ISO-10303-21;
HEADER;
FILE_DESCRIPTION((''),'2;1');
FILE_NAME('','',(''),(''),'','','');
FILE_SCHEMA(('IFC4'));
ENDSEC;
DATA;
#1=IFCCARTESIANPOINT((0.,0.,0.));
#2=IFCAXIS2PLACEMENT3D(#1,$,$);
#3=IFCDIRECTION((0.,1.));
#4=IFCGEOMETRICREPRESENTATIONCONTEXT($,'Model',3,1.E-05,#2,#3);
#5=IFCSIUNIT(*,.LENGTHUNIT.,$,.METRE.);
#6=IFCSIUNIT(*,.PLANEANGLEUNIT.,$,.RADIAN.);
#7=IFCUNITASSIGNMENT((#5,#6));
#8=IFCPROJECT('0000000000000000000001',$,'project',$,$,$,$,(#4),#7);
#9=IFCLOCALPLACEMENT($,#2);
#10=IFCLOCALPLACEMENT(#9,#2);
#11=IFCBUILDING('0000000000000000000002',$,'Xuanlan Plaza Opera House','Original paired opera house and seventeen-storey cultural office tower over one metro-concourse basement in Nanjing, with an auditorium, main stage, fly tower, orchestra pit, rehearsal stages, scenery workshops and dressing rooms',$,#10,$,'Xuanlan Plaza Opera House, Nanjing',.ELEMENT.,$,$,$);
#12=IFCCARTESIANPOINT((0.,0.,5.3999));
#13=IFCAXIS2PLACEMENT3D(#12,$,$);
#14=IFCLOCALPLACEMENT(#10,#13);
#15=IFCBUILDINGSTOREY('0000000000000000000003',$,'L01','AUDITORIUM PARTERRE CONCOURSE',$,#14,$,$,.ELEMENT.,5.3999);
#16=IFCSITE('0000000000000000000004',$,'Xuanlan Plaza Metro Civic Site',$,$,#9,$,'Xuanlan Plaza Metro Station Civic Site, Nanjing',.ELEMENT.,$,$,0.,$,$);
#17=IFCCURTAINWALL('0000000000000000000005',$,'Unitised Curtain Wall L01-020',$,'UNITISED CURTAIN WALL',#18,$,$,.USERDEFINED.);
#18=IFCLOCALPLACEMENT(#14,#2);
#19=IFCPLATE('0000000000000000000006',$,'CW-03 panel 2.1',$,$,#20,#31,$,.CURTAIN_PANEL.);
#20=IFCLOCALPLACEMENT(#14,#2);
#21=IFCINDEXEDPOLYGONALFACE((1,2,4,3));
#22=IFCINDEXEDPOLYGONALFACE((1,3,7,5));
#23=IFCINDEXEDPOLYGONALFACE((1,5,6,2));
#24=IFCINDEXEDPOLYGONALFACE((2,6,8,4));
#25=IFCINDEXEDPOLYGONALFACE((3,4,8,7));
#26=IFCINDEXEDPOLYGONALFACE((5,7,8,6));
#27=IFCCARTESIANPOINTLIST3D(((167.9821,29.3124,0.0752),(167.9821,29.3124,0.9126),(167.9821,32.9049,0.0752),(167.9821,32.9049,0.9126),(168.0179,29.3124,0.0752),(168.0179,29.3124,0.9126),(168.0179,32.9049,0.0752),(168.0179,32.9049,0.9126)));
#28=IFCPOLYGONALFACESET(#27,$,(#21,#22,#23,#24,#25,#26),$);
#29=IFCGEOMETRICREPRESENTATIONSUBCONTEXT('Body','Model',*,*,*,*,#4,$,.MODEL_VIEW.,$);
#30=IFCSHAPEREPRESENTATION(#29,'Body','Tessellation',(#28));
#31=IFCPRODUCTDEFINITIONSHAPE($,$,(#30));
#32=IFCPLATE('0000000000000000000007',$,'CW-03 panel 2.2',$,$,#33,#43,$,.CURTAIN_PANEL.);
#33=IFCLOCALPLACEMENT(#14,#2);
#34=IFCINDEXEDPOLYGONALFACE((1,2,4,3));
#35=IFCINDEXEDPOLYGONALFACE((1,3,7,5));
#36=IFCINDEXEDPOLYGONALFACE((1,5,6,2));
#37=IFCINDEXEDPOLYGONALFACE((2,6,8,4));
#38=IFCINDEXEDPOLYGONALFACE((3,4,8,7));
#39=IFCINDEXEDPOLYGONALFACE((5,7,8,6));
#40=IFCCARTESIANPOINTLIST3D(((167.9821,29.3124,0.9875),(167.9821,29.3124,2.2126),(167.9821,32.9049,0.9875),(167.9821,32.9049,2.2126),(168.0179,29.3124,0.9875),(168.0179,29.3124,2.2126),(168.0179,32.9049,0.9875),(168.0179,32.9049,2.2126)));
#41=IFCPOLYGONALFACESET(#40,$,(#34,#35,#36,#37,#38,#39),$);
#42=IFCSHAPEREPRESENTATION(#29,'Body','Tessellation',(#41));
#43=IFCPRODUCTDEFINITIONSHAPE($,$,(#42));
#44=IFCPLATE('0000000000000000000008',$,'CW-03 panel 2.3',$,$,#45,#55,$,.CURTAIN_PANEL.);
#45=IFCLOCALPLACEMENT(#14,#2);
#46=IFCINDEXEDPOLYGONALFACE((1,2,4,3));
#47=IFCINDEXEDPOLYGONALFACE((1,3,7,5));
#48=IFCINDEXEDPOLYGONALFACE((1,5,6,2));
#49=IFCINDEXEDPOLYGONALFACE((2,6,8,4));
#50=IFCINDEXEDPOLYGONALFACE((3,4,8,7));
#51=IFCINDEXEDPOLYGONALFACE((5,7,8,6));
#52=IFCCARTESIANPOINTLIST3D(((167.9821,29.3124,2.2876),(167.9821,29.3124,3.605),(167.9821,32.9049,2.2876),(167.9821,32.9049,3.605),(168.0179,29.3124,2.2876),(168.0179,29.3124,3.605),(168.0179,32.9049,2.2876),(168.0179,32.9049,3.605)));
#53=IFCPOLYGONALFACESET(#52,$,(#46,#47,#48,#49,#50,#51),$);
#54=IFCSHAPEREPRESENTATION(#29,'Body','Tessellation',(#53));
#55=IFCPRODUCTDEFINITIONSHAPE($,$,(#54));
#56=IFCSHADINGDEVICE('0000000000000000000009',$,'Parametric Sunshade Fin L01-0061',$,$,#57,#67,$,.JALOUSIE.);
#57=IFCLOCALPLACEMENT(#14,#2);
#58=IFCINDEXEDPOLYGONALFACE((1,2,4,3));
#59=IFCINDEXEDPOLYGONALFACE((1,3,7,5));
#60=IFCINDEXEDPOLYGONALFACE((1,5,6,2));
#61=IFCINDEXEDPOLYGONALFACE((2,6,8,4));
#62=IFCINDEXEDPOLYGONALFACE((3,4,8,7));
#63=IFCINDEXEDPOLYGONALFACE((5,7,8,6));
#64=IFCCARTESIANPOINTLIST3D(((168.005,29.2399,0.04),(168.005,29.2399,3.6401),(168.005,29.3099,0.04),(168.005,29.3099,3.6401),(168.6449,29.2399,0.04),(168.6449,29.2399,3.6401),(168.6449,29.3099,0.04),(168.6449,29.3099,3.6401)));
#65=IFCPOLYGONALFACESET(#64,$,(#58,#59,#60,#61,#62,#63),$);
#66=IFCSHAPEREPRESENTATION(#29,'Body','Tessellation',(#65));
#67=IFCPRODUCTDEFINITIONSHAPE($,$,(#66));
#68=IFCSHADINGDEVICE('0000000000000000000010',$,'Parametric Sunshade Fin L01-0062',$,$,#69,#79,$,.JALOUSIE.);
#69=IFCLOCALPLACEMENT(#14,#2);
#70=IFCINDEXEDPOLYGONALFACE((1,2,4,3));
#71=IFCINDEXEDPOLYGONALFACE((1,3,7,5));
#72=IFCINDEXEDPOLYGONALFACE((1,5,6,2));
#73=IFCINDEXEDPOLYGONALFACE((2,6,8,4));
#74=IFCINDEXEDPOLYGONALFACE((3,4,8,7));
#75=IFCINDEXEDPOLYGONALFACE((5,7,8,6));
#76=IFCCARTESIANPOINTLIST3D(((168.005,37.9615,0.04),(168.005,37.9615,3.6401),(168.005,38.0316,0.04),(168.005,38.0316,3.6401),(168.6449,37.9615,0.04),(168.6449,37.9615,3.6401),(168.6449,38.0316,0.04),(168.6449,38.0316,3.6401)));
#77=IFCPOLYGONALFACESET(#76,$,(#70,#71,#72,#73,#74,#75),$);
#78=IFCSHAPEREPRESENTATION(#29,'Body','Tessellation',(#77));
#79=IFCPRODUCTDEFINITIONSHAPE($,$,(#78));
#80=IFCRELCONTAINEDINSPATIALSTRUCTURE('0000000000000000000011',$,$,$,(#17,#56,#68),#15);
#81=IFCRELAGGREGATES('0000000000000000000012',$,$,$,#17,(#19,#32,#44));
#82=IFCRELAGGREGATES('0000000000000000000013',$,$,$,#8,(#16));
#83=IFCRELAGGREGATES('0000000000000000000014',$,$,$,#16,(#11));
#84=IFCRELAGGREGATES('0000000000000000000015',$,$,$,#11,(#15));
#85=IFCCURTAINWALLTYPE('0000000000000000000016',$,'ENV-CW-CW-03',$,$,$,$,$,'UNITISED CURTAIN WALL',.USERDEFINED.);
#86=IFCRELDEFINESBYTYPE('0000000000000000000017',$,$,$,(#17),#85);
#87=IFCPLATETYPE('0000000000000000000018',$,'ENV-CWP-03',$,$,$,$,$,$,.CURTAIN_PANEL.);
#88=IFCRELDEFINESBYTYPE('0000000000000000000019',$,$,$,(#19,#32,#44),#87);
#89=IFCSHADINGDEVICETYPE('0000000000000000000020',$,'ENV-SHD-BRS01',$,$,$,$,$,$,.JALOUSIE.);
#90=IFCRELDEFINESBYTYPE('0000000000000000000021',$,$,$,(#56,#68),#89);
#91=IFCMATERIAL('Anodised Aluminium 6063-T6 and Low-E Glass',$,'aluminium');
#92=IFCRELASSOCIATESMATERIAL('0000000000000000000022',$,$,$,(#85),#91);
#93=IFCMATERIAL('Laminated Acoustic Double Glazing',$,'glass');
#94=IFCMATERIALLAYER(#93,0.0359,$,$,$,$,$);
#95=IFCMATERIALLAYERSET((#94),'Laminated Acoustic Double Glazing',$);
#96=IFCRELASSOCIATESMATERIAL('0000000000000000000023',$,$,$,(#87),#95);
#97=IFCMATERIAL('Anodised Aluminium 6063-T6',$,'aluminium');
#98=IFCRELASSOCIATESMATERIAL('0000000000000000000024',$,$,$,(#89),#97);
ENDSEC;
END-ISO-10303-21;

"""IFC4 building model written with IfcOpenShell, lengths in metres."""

from ifc_helpers import new_model, si_unit, direction, frame, origin, origin_2d, place, context, subcontext, project, spatial, rectangle, extrude, material, layer, layer_set, type_object, element, aggregate, save


model = new_model("IFC4")

# Units and contexts
model_context = context("Model", 3, precision=1e-05, world=origin(), true_north=direction((0.0, 1.0)))
body_context = subcontext(model_context, "Body", "Model", "MODEL_VIEW")
ifc_project = project(units=[si_unit("LENGTHUNIT", "METRE"), si_unit("PLANEANGLEUNIT", "RADIAN")], contexts=[model_context])

# Site, building, storey
site_placement = place(None, origin())
site = spatial("IfcSite", under=ifc_project, at=site_placement, Name="Xuanlan Plaza Metro Civic Site", LongName="Xuanlan Plaza Metro Station Civic Site, Nanjing", CompositionType="ELEMENT", RefElevation=0.0)
building_placement = place(site_placement, origin())
building = spatial("IfcBuilding", under=site, at=building_placement, Name="Xuanlan Plaza Opera House", Description="Original paired opera house and seventeen-storey cultural office tower over one metro-concourse basement in Nanjing, with an auditorium, main stage, fly tower, orchestra pit, rehearsal stages, scenery workshops and dressing rooms", LongName="Xuanlan Plaza Opera House, Nanjing", CompositionType="ELEMENT")
storey_placement = place(building_placement, frame((0.0, 0.0, 5.3999)))
storey = spatial("IfcBuildingStorey", under=building, at=storey_placement, Name="L01", Description="AUDITORIUM PARTERRE CONCOURSE", CompositionType="ELEMENT", Elevation=5.3999)

# Curtain wall
ifc_material_1 = material(Name="Anodised Aluminium 6063-T6 and Low-E Glass", Category="aluminium")
curtain_wall_type_1 = type_object("IfcCurtainWallType", Name="ENV-CW-CW-03", ElementType="UNITISED CURTAIN WALL", PredefinedType="USERDEFINED", material=ifc_material_1)
curtain_wall_1_placement = place(storey_placement, origin())
curtain_wall_1 = element("IfcCurtainWall", 1, at=curtain_wall_1_placement, inside=storey, type_object=curtain_wall_type_1, Name="Unitised Curtain Wall L01-020", ObjectType="UNITISED CURTAIN WALL", PredefinedType="USERDEFINED")
ifc_material_2 = material(Name="Anodised Aluminium 6063-T6", Category="aluminium")

# Plates
ifc_material_3 = material(Name="Laminated Acoustic Double Glazing", Category="glass")
ifc_layer_1 = layer(ifc_material_3, 0.0359)
ifc_layer_set_1 = layer_set([ifc_layer_1], Name="Laminated Acoustic Double Glazing")
plate_type_1 = type_object("IfcPlateType", Name="ENV-CWP-03", PredefinedType="CURTAIN_PANEL", material=ifc_layer_set_1)
plate_1_placement = place(storey_placement, frame((168.0, 31.1086, 0.0752), z_axis=(0.0, 0.0, 1.0), x_axis=(0.0, 1.0, 0.0)))
plate_1 = element("IfcPlate", 2, at=plate_1_placement, type_object=plate_type_1, Name="CW-03 panel 2.1", PredefinedType="CURTAIN_PANEL", context=body_context, shape_type="SweptSolid", body=[
    extrude(rectangle(XDim=3.5925, YDim=0.0359, at=origin_2d()), origin(), (0.0, 0.0, 1.0), 0.8374),
])
plate_2_placement = place(storey_placement, frame((168.0, 31.1086, 0.9875), z_axis=(0.0, 0.0, 1.0), x_axis=(0.0, 1.0, 0.0)))
plate_2 = element("IfcPlate", 3, at=plate_2_placement, type_object=plate_type_1, Name="CW-03 panel 2.2", PredefinedType="CURTAIN_PANEL", context=body_context, shape_type="SweptSolid", body=[
    extrude(rectangle(XDim=3.5925, YDim=0.0359, at=origin_2d()), origin(), (0.0, 0.0, 1.0), 1.2251),
])
plate_3_placement = place(storey_placement, frame((168.0, 31.1086, 2.2876), z_axis=(0.0, 0.0, 1.0), x_axis=(0.0, 1.0, 0.0)))
plate_3 = element("IfcPlate", 4, at=plate_3_placement, type_object=plate_type_1, Name="CW-03 panel 2.3", PredefinedType="CURTAIN_PANEL", context=body_context, shape_type="SweptSolid", body=[
    extrude(rectangle(XDim=3.5925, YDim=0.0359, at=origin_2d()), origin(), (0.0, 0.0, 1.0), 1.3174),
])
aggregate(curtain_wall_1, [plate_1, plate_2, plate_3])

# Shading devices
shading_device_type = type_object("IfcShadingDeviceType", Name="ENV-SHD-BRS01", PredefinedType="JALOUSIE", material=ifc_material_2)
for number, where, z_axis, x_axis, name in (
    (5, (168.325, 29.2749, 0.04), (0.0, 0.0, 1.0), (1.0, 0.0, 0.0), "Parametric Sunshade Fin L01-0061"),
    (6, (168.325, 37.9966, 0.04), (0.0, 0.0, 1.0), (1.0, 0.0, 0.0), "Parametric Sunshade Fin L01-0062"),
):
    element("IfcShadingDevice", number, at=place(storey_placement, frame(where, z_axis=z_axis, x_axis=x_axis)), inside=storey, type_object=shading_device_type, Name=name, PredefinedType="JALOUSIE", context=body_context, shape_type="SweptSolid", body=[
        extrude(rectangle(XDim=0.6399, YDim=0.0701, at=origin_2d()), origin(), (0.0, 0.0, 1.0), 3.6001),
    ])

save(model, "model.ifc")
